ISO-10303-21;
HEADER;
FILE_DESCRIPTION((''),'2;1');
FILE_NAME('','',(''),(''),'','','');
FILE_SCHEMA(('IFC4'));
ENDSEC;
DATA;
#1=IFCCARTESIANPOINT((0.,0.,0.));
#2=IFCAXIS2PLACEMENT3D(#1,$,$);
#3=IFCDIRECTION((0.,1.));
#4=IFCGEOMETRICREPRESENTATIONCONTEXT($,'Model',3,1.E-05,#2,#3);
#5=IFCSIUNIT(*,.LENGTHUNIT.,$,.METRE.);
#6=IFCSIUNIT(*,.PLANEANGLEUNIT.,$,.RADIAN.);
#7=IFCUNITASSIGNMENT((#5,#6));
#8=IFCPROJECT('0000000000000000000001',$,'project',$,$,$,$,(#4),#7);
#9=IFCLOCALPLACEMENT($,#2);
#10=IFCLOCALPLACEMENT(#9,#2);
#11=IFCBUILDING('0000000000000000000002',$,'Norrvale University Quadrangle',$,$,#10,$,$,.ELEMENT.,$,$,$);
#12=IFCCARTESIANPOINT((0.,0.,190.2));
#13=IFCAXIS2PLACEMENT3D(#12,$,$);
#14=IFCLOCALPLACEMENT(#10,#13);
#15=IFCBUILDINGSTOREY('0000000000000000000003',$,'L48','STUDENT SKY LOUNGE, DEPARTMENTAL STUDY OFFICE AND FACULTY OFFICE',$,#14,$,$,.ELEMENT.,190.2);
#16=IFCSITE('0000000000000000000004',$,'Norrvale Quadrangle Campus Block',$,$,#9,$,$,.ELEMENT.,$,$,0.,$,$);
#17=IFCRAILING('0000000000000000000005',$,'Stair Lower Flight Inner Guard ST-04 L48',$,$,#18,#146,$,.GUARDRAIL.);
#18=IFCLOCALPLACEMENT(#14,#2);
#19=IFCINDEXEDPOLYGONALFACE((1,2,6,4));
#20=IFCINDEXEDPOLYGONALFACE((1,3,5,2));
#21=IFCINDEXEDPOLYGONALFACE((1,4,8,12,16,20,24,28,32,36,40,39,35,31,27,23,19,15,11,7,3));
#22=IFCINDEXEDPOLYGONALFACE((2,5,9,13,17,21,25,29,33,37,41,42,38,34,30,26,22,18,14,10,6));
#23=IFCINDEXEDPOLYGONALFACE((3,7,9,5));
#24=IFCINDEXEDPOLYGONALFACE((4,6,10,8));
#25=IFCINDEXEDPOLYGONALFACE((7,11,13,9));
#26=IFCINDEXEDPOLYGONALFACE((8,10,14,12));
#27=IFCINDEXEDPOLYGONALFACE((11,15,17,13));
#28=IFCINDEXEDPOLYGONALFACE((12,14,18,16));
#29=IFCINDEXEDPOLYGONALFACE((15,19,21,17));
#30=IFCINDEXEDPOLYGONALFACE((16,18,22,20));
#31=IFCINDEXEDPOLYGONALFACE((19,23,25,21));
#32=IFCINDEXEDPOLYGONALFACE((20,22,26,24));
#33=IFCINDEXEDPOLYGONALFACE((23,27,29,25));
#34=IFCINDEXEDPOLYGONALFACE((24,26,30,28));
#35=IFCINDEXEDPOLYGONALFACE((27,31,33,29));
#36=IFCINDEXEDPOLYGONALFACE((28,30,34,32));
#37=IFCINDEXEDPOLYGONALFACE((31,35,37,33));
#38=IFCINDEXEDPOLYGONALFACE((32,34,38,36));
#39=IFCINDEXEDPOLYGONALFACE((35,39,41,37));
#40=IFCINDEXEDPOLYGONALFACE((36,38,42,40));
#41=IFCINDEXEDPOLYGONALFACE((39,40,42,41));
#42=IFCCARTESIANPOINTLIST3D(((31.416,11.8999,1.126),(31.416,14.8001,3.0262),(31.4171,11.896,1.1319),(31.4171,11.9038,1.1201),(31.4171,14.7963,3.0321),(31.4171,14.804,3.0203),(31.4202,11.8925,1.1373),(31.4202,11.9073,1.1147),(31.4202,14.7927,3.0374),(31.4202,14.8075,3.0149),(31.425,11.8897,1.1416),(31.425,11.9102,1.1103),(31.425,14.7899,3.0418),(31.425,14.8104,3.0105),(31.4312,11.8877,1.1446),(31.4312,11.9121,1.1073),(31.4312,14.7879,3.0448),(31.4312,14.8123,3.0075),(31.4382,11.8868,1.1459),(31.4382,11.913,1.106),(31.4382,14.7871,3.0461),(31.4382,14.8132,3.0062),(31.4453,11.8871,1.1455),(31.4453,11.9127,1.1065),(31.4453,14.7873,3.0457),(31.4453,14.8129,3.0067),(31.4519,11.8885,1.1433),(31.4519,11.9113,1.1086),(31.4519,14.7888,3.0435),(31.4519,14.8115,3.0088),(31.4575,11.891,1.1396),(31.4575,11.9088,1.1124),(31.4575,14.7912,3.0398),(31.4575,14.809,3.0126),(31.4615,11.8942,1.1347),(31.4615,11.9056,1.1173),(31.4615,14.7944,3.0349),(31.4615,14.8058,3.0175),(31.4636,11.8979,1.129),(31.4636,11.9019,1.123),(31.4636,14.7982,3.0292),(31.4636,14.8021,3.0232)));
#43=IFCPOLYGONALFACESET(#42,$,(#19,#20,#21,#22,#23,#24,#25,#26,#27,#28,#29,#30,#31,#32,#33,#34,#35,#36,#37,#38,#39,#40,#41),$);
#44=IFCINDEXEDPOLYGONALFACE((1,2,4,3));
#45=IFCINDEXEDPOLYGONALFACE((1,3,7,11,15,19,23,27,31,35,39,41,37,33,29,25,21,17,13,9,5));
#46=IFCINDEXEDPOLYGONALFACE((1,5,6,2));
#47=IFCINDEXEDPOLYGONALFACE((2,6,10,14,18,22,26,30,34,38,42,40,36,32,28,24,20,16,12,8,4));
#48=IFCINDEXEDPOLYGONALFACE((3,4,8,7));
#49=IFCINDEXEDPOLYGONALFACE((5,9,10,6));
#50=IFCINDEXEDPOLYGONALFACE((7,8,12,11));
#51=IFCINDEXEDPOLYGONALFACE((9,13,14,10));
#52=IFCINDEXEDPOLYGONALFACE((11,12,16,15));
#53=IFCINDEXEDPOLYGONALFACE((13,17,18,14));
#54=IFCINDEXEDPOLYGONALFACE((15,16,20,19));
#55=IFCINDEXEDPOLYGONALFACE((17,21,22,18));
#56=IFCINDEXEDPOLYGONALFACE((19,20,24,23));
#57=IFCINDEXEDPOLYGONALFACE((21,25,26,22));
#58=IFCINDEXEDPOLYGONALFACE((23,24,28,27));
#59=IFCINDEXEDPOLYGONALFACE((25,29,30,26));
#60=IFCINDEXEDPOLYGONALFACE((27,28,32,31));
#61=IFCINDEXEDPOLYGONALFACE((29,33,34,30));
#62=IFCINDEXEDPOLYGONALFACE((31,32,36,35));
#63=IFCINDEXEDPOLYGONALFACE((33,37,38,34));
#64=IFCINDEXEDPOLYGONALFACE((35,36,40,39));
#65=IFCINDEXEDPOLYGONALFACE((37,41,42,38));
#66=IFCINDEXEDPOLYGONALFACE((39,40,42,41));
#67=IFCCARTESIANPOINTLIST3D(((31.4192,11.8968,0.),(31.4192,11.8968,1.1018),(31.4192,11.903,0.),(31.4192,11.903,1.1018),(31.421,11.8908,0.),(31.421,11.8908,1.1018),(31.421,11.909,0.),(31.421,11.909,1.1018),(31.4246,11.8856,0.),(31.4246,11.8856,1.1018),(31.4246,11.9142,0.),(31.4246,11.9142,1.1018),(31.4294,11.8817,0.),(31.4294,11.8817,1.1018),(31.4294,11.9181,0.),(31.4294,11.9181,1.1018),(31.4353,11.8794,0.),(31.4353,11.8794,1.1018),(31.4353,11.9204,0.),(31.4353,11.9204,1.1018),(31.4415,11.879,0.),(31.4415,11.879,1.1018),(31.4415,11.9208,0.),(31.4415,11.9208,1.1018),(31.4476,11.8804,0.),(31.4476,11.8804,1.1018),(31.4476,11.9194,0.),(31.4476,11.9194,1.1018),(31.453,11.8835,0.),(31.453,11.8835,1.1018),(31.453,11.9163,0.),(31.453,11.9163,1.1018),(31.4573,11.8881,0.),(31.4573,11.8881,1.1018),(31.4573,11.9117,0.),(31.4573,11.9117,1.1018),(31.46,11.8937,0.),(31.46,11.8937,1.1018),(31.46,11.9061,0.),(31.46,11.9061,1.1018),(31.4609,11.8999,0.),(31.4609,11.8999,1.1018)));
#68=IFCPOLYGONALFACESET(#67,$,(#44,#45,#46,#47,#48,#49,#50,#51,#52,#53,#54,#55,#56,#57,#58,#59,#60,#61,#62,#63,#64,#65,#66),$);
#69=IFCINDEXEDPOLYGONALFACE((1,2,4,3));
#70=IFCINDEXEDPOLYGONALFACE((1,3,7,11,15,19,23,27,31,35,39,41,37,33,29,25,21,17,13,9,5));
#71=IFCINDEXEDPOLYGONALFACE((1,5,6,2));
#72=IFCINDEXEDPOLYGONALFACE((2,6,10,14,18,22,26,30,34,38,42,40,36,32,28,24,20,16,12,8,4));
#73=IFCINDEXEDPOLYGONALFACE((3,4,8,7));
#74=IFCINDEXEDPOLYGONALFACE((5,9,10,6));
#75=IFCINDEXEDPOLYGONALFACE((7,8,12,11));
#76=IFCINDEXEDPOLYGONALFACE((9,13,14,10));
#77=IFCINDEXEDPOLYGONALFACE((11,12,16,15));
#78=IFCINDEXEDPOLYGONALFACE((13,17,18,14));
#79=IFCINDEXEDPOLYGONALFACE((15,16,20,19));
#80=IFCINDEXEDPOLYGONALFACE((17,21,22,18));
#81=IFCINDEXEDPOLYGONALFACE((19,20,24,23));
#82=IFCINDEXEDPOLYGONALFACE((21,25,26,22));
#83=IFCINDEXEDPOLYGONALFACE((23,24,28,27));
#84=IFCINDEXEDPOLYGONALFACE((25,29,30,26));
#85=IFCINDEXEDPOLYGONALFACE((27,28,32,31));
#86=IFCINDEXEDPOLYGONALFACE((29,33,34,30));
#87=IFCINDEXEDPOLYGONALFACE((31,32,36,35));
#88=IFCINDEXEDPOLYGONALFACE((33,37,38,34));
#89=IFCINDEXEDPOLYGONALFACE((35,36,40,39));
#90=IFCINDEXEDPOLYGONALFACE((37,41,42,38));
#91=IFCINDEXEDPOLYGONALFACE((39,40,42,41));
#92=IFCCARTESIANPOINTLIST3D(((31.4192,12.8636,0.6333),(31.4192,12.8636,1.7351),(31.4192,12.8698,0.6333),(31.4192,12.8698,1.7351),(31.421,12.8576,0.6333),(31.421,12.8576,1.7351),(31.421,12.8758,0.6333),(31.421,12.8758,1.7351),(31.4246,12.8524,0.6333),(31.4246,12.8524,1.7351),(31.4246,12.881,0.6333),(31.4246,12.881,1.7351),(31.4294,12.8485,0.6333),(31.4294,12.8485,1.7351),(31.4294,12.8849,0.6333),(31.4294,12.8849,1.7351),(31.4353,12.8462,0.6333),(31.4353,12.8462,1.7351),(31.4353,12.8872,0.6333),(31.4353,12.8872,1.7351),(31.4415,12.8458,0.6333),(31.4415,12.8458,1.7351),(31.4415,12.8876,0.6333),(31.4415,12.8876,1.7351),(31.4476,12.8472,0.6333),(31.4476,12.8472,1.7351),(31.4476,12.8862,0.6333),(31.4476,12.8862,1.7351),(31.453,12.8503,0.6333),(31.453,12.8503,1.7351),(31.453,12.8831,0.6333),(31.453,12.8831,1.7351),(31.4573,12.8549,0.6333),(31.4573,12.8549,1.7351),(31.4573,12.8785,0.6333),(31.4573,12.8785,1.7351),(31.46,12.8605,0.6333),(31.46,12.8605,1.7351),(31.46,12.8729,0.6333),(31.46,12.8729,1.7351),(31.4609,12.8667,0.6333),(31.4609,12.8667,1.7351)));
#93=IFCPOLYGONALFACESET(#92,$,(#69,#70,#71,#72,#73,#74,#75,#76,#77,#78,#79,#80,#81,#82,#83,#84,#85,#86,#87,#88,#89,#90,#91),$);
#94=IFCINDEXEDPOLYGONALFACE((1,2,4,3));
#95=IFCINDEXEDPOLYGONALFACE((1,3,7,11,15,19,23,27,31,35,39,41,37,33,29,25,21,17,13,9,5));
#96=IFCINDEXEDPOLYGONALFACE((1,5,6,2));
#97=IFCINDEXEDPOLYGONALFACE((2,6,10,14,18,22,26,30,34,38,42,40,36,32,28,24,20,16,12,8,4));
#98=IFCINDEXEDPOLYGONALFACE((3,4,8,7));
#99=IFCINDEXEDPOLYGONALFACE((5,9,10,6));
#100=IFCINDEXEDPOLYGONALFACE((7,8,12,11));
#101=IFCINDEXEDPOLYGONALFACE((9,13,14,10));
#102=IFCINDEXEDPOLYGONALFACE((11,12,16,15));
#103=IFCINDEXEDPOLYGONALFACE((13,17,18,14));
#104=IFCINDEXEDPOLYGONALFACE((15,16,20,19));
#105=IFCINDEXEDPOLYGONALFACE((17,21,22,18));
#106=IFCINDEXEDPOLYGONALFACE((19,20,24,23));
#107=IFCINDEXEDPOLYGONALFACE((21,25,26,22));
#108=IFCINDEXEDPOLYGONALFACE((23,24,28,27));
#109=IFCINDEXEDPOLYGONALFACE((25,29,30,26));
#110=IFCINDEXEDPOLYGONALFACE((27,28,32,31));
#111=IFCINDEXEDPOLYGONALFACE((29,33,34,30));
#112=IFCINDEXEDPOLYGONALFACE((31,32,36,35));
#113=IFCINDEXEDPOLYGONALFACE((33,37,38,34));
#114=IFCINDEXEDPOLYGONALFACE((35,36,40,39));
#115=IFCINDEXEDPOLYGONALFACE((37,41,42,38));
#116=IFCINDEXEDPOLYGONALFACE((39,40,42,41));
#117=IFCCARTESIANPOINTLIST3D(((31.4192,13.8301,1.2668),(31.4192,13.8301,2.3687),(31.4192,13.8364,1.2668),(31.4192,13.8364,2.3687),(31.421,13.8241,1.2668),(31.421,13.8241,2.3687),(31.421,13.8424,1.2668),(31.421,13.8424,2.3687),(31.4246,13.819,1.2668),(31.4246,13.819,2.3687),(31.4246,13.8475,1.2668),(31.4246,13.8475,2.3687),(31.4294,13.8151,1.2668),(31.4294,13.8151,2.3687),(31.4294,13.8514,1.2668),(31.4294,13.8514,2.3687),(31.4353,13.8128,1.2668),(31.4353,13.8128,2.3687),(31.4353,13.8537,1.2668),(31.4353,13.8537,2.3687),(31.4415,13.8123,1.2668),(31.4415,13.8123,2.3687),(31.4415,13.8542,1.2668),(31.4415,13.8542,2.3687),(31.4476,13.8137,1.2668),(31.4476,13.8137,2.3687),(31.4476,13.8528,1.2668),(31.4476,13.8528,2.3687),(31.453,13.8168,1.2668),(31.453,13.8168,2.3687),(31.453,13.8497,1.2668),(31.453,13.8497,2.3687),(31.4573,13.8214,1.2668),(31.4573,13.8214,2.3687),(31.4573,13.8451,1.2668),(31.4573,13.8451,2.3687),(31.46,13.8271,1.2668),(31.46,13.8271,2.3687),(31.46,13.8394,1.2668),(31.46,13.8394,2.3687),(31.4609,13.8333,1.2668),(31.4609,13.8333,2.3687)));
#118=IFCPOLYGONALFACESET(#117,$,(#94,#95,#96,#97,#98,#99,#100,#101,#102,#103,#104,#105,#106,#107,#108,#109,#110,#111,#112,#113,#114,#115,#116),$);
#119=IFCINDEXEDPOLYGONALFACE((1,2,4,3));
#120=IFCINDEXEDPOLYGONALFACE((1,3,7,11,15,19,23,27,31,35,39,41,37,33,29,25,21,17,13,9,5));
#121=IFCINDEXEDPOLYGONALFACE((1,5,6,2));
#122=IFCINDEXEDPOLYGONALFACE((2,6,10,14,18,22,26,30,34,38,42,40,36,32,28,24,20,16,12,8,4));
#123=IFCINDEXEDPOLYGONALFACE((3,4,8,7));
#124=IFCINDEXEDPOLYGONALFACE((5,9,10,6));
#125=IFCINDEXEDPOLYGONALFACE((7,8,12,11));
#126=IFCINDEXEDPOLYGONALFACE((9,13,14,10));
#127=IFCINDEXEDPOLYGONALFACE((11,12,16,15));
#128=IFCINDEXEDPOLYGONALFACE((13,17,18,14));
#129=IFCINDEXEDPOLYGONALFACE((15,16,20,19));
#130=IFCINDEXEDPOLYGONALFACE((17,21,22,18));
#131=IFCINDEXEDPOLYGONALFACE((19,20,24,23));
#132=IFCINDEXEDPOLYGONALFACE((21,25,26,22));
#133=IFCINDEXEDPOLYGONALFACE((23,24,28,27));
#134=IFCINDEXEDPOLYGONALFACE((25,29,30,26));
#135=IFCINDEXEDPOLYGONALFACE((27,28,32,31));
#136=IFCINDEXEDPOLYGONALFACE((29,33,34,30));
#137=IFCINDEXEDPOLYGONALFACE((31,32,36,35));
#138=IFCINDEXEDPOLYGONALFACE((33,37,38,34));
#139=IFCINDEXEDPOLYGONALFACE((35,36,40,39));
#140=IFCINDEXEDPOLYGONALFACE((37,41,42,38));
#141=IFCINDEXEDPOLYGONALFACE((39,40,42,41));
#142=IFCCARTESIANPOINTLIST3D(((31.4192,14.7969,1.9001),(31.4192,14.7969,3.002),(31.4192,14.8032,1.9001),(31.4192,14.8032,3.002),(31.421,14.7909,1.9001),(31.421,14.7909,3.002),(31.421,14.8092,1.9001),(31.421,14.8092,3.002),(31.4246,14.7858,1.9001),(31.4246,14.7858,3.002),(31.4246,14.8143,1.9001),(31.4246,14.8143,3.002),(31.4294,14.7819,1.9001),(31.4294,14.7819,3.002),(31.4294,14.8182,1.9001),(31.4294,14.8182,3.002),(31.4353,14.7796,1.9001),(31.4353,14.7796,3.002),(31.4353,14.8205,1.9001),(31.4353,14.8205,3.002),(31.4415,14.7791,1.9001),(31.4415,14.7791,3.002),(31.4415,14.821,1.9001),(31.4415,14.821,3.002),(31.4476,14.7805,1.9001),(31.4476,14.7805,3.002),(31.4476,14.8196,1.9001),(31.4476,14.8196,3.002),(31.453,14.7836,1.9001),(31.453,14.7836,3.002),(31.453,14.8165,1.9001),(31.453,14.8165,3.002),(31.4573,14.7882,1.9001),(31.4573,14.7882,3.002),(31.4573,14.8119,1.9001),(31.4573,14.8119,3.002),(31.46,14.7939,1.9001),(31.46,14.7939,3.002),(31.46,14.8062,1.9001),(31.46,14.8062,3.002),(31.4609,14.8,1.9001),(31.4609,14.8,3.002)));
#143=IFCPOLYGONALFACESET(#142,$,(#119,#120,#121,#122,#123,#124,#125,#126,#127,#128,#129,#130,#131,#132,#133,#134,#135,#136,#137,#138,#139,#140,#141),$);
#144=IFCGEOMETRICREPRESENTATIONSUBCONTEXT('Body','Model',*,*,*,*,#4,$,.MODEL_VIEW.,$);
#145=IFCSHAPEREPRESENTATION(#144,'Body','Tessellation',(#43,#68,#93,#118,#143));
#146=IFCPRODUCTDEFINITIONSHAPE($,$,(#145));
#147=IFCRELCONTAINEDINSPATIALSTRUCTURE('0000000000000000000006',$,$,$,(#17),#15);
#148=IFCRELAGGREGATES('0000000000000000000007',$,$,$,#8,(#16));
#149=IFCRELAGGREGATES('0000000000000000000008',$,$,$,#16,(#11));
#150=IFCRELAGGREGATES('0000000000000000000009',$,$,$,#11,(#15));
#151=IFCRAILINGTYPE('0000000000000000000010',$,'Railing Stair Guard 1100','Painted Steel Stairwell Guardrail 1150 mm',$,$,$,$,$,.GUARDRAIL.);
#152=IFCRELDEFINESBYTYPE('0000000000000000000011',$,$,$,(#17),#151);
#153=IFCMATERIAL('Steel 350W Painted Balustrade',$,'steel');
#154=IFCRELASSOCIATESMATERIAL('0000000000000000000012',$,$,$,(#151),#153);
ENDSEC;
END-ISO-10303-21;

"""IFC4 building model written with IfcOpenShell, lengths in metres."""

from ifc_helpers import new_model, si_unit, direction, frame, origin, origin_2d, place, context, subcontext, project, spatial, circle, extrude, material, type_object, element, save


model = new_model("IFC4")

# Units and contexts
model_context = context("Model", 3, precision=1e-05, world=origin(), true_north=direction((0.0, 1.0)))
body_context = subcontext(model_context, "Body", "Model", "MODEL_VIEW")
ifc_project = project(units=[si_unit("LENGTHUNIT", "METRE"), si_unit("PLANEANGLEUNIT", "RADIAN")], contexts=[model_context])

# Site, building, storey
site_placement = place(None, origin())
site = spatial("IfcSite", under=ifc_project, at=site_placement, Name="Norrvale Quadrangle Campus Block", CompositionType="ELEMENT", RefElevation=0.0)
building_placement = place(site_placement, origin())
building = spatial("IfcBuilding", under=site, at=building_placement, Name="Norrvale University Quadrangle", CompositionType="ELEMENT")
storey_placement = place(building_placement, frame((0.0, 0.0, 190.2)))
storey = spatial("IfcBuildingStorey", under=building, at=storey_placement, Name="L48", Description="STUDENT SKY LOUNGE, DEPARTMENTAL STUDY OFFICE AND FACULTY OFFICE", CompositionType="ELEMENT", Elevation=190.2)

# Railing
ifc_material_1 = material(Name="Steel 350W Painted Balustrade", Category="steel")
railing_type_1 = type_object("IfcRailingType", Name="Railing Stair Guard 1100", Description="Painted Steel Stairwell Guardrail 1150 mm", PredefinedType="GUARDRAIL", material=ifc_material_1)
railing_1_placement = place(storey_placement, frame((31.4399, 11.8999, 0.0)))
element("IfcRailing", 1, at=railing_1_placement, inside=storey, type_object=railing_type_1, Name="Stair Lower Flight Inner Guard ST-04 L48", PredefinedType="GUARDRAIL", context=body_context, shape_type="SweptSolid", body=[
    extrude(circle(Radius=0.0239, at=origin_2d()), frame((0.0, 0.0, 1.126), z_axis=(0.0, 0.836454, 0.548036), x_axis=(-1.0, 0.0, 0.0)), (0.0, 0.0, 1.0), 3.4673),
    extrude(circle(Radius=0.021, at=origin_2d()), origin(), (0.0, 0.0, 1.0), 1.1018),
    extrude(circle(Radius=0.021, at=origin_2d()), frame((0.0, 0.9668, 0.6333)), (0.0, 0.0, 1.0), 1.1018),
    extrude(circle(Radius=0.021, at=origin_2d()), frame((0.0, 1.9333, 1.2668)), (0.0, 0.0, 1.0), 1.1018),
    extrude(circle(Radius=0.021, at=origin_2d()), frame((0.0, 2.9001, 1.9001)), (0.0, 0.0, 1.0), 1.1018),
])

save(model, "model.ifc")
